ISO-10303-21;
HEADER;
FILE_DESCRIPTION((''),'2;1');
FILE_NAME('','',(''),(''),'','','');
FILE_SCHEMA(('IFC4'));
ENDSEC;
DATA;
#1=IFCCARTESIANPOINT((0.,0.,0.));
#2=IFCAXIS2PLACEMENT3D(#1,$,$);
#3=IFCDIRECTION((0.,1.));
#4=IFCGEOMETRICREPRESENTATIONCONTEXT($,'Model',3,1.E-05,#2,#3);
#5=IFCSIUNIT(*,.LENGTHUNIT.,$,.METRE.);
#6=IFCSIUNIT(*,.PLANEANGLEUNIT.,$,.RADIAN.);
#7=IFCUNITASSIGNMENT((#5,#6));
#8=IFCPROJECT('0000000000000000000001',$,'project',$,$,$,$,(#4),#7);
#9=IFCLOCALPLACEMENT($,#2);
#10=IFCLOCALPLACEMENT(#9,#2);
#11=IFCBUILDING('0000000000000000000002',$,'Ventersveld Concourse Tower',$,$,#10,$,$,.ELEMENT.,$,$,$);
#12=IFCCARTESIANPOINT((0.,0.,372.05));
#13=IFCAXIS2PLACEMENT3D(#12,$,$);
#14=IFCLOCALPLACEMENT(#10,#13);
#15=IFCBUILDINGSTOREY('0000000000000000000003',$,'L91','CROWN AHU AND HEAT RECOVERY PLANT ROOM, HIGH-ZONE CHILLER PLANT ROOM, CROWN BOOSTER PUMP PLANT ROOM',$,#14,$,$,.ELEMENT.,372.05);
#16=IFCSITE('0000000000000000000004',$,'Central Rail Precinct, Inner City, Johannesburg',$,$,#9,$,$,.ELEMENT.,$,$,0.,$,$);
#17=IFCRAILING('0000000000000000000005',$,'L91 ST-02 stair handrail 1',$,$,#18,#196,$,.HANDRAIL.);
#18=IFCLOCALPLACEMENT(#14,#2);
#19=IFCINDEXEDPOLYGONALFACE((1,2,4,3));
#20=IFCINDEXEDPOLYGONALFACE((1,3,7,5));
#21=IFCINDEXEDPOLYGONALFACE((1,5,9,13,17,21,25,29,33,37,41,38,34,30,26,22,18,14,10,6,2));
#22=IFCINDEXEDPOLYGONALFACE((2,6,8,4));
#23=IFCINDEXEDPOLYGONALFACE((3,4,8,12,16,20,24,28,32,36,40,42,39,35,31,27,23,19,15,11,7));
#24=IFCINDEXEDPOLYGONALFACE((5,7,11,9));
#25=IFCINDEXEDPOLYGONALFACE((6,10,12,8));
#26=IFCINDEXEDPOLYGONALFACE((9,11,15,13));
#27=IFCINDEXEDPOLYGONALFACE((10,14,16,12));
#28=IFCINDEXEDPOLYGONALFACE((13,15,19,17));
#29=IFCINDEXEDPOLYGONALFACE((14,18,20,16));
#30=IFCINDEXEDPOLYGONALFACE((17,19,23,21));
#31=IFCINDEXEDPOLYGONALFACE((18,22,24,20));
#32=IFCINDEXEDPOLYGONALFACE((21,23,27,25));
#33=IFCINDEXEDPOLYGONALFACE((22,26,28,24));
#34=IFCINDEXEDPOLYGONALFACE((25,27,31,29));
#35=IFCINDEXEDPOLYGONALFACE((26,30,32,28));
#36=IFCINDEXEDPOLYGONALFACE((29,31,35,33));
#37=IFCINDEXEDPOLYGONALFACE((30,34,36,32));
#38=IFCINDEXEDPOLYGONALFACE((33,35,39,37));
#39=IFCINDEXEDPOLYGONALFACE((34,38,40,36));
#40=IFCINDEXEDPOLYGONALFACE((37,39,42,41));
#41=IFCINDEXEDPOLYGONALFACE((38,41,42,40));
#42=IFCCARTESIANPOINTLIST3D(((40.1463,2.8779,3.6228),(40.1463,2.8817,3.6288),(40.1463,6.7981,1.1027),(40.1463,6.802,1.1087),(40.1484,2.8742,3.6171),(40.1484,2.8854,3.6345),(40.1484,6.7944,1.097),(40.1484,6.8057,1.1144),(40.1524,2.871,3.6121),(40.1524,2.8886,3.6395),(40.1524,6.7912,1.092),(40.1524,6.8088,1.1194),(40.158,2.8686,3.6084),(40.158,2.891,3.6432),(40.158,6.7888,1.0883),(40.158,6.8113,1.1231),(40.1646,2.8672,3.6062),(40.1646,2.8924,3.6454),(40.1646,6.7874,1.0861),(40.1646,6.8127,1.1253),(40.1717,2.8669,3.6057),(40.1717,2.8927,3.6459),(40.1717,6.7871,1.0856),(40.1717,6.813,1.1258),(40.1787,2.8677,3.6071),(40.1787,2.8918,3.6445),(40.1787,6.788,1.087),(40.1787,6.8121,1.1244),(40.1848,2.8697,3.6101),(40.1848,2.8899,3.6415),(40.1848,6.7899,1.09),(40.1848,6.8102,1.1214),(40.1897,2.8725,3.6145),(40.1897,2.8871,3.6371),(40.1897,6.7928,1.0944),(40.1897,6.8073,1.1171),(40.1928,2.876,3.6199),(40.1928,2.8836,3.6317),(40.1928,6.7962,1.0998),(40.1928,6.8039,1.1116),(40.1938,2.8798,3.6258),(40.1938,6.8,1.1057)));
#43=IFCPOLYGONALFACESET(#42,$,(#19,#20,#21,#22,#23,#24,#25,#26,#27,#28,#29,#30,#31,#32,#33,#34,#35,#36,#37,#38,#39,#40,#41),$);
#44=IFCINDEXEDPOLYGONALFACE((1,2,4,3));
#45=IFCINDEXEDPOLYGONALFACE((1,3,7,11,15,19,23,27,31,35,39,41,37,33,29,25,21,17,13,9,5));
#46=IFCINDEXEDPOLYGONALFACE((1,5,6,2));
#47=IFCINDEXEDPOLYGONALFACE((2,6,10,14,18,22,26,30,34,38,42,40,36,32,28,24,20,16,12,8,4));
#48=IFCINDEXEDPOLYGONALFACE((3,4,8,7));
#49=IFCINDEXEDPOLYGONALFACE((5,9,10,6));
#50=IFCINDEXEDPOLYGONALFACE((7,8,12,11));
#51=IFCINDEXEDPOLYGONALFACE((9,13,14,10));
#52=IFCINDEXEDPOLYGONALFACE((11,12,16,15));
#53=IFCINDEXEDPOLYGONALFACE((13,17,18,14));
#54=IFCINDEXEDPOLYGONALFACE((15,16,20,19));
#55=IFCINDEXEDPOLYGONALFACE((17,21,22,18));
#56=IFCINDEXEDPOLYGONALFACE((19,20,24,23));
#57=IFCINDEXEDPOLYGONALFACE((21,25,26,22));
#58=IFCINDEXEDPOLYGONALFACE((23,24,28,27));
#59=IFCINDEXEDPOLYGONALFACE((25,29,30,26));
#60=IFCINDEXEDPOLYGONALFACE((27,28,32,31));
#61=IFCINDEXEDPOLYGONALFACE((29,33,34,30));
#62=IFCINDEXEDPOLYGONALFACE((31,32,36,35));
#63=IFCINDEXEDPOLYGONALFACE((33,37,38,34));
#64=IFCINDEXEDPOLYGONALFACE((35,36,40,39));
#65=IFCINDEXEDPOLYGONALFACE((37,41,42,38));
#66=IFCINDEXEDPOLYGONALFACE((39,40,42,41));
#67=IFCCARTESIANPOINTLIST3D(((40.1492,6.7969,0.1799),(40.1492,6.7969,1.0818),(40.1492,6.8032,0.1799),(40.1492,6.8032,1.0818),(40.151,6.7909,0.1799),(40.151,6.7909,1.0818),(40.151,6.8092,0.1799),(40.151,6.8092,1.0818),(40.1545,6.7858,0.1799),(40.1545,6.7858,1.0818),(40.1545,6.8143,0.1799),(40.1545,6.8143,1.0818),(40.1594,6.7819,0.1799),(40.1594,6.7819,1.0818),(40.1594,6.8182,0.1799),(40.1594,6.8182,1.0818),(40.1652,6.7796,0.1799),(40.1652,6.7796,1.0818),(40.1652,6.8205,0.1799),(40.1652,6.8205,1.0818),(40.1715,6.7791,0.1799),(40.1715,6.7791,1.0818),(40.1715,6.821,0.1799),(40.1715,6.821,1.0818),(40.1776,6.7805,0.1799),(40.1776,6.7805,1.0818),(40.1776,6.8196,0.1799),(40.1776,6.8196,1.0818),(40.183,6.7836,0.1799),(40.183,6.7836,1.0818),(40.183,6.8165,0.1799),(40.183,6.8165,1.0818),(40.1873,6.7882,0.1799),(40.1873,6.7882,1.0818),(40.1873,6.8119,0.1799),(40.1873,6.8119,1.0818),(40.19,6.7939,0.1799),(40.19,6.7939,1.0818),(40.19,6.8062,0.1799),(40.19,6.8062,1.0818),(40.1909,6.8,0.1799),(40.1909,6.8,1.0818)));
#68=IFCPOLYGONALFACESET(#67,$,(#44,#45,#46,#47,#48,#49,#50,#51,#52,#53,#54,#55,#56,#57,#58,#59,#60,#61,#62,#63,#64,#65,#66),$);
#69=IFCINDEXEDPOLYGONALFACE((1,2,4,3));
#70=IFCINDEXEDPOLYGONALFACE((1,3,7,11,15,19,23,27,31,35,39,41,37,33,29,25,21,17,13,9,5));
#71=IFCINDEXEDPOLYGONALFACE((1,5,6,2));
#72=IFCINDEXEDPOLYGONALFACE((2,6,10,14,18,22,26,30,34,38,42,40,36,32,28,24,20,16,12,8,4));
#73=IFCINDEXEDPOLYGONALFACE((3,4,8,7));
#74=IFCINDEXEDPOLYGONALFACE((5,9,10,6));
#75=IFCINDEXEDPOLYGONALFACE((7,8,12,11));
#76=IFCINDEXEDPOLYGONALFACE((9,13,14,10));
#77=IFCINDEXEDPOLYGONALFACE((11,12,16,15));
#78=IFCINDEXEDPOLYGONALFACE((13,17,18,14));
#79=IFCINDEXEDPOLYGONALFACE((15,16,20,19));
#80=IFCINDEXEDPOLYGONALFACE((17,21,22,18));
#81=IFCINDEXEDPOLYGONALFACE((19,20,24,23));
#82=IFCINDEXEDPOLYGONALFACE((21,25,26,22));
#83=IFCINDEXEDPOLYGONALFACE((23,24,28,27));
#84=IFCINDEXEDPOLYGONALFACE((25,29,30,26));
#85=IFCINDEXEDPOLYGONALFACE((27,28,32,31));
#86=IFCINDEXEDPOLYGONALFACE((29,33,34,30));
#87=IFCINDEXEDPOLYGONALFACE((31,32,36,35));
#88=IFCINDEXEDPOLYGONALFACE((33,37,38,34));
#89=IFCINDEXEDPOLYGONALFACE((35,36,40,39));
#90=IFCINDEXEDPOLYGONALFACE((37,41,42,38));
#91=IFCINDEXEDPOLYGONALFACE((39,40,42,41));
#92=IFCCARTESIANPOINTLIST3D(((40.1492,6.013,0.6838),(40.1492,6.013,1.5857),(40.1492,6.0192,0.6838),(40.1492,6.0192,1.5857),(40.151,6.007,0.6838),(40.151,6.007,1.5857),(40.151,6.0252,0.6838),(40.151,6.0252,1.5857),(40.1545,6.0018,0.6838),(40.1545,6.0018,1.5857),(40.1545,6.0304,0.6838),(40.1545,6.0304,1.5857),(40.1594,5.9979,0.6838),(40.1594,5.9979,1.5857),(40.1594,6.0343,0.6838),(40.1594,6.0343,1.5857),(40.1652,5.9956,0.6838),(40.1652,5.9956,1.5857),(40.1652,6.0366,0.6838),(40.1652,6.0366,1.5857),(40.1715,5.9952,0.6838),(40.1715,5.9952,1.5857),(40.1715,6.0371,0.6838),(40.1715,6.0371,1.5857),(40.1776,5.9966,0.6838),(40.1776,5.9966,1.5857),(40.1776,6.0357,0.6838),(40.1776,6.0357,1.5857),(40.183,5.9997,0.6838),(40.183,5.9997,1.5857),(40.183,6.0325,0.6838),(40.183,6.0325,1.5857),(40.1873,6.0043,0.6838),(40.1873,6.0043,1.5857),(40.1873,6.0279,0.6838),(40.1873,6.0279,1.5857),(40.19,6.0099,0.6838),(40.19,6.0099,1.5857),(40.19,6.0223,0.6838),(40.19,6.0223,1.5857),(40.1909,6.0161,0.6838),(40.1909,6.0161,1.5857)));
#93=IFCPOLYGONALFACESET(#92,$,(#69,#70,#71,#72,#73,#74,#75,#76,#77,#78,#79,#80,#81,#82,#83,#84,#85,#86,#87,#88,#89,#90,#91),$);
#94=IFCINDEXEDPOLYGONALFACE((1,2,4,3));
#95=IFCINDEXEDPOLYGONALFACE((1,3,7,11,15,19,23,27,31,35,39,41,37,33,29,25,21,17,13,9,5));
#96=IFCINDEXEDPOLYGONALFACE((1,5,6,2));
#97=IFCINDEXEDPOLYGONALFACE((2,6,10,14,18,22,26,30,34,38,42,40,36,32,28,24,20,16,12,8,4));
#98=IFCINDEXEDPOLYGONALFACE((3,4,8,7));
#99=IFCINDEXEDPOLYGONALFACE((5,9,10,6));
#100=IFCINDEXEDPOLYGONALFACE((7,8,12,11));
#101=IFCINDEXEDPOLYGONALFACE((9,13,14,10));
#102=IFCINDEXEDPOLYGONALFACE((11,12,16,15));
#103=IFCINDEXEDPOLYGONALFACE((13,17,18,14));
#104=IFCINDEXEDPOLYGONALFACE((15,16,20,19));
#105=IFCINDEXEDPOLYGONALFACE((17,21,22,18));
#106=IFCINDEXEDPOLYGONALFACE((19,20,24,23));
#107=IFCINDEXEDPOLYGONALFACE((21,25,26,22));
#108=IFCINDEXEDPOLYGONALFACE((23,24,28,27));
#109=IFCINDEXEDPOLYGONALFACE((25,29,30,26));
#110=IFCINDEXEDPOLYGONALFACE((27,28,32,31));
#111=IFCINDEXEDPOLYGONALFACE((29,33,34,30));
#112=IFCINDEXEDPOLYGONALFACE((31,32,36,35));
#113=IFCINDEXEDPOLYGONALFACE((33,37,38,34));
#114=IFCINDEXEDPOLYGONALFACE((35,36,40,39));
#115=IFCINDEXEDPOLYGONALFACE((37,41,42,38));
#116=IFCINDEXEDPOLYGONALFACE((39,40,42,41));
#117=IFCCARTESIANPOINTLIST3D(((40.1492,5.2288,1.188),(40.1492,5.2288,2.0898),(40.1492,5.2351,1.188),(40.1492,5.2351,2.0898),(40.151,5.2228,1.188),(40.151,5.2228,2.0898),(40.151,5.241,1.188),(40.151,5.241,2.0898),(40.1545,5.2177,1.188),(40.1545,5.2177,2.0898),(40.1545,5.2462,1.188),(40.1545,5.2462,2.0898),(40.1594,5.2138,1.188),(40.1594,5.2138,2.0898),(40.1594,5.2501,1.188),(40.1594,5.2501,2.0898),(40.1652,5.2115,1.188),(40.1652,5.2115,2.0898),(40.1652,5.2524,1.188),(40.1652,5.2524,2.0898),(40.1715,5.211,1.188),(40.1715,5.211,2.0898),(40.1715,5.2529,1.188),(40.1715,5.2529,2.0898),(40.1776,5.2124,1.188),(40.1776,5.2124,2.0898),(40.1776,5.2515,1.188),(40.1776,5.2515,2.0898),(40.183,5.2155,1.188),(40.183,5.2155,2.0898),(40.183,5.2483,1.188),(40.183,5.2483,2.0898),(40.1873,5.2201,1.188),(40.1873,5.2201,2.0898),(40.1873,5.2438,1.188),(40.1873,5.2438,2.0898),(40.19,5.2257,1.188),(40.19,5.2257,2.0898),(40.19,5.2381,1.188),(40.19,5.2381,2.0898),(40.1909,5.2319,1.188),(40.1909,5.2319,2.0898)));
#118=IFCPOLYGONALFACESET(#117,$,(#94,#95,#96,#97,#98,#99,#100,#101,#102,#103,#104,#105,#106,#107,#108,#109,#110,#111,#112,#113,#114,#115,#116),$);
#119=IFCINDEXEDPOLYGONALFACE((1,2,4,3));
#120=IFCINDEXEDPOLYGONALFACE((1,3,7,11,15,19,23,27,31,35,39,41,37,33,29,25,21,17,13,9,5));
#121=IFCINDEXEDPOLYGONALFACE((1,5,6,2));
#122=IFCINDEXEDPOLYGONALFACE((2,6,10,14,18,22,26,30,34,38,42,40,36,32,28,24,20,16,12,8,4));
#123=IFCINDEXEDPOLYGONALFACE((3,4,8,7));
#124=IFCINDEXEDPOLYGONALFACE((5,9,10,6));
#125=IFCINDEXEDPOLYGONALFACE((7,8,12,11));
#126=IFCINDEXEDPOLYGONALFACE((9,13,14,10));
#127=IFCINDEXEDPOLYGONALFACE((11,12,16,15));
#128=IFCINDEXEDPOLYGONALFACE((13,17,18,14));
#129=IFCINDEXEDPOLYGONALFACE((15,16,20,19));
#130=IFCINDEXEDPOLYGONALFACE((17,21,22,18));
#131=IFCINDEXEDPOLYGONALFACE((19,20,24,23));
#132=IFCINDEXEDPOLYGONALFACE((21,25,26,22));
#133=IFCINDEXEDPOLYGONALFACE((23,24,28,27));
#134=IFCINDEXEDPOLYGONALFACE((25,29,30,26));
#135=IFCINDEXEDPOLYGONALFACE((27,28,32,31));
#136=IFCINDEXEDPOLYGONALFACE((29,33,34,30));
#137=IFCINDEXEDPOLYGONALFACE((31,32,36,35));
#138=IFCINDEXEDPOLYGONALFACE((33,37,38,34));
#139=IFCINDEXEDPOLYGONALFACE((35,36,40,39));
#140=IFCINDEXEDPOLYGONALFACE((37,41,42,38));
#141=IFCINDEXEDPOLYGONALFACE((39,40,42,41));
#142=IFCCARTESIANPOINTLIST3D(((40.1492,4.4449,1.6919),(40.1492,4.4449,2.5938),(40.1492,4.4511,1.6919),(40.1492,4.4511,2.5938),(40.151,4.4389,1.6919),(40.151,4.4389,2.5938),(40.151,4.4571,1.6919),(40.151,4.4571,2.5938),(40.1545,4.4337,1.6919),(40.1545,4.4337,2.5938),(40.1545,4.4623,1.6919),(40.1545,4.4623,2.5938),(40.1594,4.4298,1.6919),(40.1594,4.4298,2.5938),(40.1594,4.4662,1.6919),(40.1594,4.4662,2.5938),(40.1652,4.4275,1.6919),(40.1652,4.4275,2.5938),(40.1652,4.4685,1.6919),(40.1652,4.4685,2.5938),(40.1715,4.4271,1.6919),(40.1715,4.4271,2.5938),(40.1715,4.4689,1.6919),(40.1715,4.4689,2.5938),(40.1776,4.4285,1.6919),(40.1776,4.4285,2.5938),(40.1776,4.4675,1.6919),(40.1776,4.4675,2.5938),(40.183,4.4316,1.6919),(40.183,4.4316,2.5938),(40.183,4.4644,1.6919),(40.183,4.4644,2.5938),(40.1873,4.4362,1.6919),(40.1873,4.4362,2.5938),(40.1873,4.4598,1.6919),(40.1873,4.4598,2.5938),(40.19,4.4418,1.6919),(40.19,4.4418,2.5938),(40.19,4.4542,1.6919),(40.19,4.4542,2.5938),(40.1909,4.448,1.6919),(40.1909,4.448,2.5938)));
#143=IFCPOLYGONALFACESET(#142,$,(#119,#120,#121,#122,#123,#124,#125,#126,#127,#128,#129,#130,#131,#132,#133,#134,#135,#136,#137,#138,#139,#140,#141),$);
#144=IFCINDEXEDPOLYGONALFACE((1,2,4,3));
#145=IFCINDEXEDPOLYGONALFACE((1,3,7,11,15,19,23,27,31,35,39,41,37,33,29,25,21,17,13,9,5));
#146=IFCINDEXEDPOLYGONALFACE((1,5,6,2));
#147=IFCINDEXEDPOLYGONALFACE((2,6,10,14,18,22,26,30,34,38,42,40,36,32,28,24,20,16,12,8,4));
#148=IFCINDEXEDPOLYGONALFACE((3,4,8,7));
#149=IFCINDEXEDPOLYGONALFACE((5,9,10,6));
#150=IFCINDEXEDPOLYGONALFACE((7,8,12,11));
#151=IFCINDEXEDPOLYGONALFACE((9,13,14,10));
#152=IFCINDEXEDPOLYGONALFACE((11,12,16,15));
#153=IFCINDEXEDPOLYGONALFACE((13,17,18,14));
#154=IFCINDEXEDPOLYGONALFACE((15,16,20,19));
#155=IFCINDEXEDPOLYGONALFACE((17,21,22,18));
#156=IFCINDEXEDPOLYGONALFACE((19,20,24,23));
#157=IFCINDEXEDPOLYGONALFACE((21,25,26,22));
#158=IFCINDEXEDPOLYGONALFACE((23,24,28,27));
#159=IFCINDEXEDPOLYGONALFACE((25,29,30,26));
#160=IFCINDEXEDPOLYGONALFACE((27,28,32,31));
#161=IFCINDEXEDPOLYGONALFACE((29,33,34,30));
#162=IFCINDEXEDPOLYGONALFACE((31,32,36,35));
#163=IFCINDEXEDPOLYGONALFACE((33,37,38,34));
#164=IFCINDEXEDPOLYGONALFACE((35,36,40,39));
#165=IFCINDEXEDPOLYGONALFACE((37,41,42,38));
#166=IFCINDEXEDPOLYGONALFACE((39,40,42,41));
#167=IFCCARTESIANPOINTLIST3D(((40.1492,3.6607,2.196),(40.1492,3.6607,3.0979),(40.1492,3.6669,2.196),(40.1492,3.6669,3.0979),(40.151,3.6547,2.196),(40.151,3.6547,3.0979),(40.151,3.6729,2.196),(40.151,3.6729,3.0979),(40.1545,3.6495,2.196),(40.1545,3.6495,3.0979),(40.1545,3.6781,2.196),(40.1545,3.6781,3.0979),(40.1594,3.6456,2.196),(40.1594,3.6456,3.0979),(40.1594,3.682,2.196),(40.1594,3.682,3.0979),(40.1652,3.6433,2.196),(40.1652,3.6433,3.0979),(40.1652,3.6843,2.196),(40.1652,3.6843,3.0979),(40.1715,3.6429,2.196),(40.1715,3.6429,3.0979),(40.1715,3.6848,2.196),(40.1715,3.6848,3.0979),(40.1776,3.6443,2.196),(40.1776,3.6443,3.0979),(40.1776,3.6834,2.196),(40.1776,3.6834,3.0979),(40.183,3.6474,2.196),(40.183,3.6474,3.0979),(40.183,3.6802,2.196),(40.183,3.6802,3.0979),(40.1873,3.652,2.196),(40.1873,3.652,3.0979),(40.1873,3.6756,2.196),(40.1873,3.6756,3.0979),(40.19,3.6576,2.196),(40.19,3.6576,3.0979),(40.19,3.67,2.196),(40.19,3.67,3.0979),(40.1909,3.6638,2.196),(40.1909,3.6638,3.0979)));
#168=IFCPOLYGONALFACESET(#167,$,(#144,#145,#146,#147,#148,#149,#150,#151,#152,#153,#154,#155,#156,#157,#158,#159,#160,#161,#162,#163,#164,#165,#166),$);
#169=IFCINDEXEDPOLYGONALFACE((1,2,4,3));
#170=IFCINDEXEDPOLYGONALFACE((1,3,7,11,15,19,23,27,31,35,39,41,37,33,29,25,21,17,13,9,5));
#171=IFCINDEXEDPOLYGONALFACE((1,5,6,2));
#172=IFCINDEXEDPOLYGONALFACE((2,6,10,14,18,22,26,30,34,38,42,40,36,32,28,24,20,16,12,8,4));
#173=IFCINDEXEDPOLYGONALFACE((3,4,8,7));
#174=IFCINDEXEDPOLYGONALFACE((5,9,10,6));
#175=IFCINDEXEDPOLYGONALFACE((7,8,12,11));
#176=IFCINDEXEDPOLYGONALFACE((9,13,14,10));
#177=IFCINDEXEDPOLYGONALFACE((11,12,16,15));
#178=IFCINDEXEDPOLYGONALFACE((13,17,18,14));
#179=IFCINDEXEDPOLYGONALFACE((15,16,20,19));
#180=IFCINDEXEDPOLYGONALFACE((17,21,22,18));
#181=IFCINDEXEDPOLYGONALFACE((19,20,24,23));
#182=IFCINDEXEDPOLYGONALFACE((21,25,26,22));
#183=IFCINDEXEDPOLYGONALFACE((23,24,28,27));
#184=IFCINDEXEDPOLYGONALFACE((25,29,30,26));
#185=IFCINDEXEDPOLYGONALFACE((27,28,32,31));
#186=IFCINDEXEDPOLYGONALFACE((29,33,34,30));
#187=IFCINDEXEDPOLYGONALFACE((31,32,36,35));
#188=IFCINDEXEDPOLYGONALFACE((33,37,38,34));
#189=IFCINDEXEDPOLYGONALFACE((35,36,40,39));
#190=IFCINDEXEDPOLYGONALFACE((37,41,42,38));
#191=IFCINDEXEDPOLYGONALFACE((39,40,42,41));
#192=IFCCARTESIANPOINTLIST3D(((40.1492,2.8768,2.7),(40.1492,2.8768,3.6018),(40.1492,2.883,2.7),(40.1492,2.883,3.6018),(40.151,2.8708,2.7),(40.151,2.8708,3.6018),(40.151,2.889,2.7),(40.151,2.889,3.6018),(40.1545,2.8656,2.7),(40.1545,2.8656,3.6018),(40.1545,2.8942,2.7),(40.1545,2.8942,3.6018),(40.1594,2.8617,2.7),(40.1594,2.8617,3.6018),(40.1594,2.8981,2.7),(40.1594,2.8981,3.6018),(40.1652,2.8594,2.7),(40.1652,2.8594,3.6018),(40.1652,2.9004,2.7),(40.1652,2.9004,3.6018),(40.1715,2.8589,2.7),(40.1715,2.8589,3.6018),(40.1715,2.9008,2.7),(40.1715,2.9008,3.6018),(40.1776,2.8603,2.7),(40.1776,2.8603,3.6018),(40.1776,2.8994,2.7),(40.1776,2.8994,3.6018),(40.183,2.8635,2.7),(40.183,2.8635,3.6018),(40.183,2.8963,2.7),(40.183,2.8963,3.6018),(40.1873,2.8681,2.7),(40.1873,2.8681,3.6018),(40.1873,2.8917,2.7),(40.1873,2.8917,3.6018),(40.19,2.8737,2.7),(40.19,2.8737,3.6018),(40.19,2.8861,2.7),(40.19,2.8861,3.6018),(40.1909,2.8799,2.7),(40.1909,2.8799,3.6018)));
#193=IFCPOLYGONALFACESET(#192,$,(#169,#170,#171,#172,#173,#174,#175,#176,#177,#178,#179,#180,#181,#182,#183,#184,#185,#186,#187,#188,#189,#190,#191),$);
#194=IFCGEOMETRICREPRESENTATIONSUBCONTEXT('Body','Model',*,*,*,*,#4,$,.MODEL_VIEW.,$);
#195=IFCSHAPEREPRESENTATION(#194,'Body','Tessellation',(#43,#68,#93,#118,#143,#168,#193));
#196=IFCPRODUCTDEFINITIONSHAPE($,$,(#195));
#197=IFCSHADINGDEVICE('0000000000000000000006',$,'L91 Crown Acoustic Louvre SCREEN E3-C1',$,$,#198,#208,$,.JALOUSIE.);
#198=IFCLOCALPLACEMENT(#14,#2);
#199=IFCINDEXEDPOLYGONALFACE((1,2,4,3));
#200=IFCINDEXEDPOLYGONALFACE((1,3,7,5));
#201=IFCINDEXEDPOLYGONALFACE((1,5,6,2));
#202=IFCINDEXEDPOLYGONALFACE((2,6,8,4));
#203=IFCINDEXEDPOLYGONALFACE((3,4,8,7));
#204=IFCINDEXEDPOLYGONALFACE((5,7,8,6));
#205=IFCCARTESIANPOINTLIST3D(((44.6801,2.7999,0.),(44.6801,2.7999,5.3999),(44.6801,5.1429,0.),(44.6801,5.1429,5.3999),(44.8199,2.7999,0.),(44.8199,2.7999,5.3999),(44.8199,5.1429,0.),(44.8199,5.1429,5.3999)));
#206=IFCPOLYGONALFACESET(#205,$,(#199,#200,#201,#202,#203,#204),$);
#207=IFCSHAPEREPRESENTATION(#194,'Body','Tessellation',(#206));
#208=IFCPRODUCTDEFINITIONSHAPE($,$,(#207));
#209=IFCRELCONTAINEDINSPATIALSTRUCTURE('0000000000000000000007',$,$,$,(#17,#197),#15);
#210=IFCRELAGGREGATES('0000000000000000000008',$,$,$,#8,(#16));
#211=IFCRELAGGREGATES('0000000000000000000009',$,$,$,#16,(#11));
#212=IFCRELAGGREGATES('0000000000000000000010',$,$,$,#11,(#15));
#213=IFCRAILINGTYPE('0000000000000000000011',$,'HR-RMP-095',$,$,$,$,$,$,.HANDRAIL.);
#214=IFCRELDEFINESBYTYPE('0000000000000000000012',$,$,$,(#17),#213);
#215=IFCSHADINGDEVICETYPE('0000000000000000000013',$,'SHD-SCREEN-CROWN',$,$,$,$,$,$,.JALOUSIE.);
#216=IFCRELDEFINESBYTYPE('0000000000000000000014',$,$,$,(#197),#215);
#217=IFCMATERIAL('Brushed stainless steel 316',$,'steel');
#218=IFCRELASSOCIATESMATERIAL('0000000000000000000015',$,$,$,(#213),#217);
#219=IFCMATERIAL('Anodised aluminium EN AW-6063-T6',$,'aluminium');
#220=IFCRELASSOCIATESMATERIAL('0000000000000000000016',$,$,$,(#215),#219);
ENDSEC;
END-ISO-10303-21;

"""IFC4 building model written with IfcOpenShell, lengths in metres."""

from ifc_helpers import new_model, si_unit, direction, frame, origin, origin_2d, place, context, subcontext, project, spatial, rectangle, circle, extrude, material, type_object, element, save


model = new_model("IFC4")

# Units and contexts
model_context = context("Model", 3, precision=1e-05, world=origin(), true_north=direction((0.0, 1.0)))
body_context = subcontext(model_context, "Body", "Model", "MODEL_VIEW")
ifc_project = project(units=[si_unit("LENGTHUNIT", "METRE"), si_unit("PLANEANGLEUNIT", "RADIAN")], contexts=[model_context])

# Site, building, storey
site_placement = place(None, origin())
site = spatial("IfcSite", under=ifc_project, at=site_placement, Name="Central Rail Precinct, Inner City, Johannesburg", CompositionType="ELEMENT", RefElevation=0.0)
building_placement = place(site_placement, origin())
building = spatial("IfcBuilding", under=site, at=building_placement, Name="Ventersveld Concourse Tower", CompositionType="ELEMENT")
storey_placement = place(building_placement, frame((0.0, 0.0, 372.05)))
storey = spatial("IfcBuildingStorey", under=building, at=storey_placement, Name="L91", Description="CROWN AHU AND HEAT RECOVERY PLANT ROOM, HIGH-ZONE CHILLER PLANT ROOM, CROWN BOOSTER PUMP PLANT ROOM", CompositionType="ELEMENT", Elevation=372.05)

# Shared definitions
ifc_material_1 = material(Name="Brushed stainless steel 316", Category="steel")

# Railing
railing_type_1 = type_object("IfcRailingType", Name="HR-RMP-095", PredefinedType="HANDRAIL", material=ifc_material_1)
railing_1_placement = place(storey_placement, frame((40.1699, 6.8, 0.1799)))
element("IfcRailing", 1, at=railing_1_placement, inside=storey, type_object=railing_type_1, Name="L91 ST-02 stair handrail 1", PredefinedType="HANDRAIL", context=body_context, shape_type="SweptSolid", body=[
    extrude(circle(Radius=0.0239, at=origin_2d()), frame((0.0, 0.0, 0.9258), z_axis=(0.0, -0.841187, 0.540744), x_axis=(1.0, 0.0, 0.0)), (0.0, 0.0, 1.0), 4.6604),
    extrude(circle(Radius=0.021, at=origin_2d()), origin(), (0.0, 0.0, 1.0), 0.9019),
    extrude(circle(Radius=0.021, at=origin_2d()), frame((0.0, -0.7839, 0.5039)), (0.0, 0.0, 1.0), 0.9019),
    extrude(circle(Radius=0.021, at=origin_2d()), frame((0.0, -1.5681, 1.0081)), (0.0, 0.0, 1.0), 0.9019),
    extrude(circle(Radius=0.021, at=origin_2d()), frame((0.0, -2.3521, 1.512)), (0.0, 0.0, 1.0), 0.9019),
    extrude(circle(Radius=0.021, at=origin_2d()), frame((0.0, -3.1362, 2.0161)), (0.0, 0.0, 1.0), 0.9019),
    extrude(circle(Radius=0.021, at=origin_2d()), frame((0.0, -3.9202, 2.52)), (0.0, 0.0, 1.0), 0.9019),
])

# Shading device
ifc_material_2 = material(Name="Anodised aluminium EN AW-6063-T6", Category="aluminium")
shading_device_type = type_object("IfcShadingDeviceType", Name="SHD-SCREEN-CROWN", PredefinedType="JALOUSIE", material=ifc_material_2)
for number, where, z_axis, x_axis, name in (
    (2, (44.75, 3.9714, 0.0), (0.0, 0.0, 1.0), (0.0, 1.0, 0.0), "L91 Crown Acoustic Louvre SCREEN E3-C1"),
):
    element("IfcShadingDevice", number, at=place(storey_placement, frame(where, z_axis=z_axis, x_axis=x_axis)), inside=storey, type_object=shading_device_type, Name=name, PredefinedType="JALOUSIE", context=body_context, shape_type="SweptSolid", body=[
        extrude(rectangle(XDim=2.343, YDim=0.1399, at=origin_2d()), origin(), (0.0, 0.0, 1.0), 5.3999),
    ])

save(model, "model.ifc")
